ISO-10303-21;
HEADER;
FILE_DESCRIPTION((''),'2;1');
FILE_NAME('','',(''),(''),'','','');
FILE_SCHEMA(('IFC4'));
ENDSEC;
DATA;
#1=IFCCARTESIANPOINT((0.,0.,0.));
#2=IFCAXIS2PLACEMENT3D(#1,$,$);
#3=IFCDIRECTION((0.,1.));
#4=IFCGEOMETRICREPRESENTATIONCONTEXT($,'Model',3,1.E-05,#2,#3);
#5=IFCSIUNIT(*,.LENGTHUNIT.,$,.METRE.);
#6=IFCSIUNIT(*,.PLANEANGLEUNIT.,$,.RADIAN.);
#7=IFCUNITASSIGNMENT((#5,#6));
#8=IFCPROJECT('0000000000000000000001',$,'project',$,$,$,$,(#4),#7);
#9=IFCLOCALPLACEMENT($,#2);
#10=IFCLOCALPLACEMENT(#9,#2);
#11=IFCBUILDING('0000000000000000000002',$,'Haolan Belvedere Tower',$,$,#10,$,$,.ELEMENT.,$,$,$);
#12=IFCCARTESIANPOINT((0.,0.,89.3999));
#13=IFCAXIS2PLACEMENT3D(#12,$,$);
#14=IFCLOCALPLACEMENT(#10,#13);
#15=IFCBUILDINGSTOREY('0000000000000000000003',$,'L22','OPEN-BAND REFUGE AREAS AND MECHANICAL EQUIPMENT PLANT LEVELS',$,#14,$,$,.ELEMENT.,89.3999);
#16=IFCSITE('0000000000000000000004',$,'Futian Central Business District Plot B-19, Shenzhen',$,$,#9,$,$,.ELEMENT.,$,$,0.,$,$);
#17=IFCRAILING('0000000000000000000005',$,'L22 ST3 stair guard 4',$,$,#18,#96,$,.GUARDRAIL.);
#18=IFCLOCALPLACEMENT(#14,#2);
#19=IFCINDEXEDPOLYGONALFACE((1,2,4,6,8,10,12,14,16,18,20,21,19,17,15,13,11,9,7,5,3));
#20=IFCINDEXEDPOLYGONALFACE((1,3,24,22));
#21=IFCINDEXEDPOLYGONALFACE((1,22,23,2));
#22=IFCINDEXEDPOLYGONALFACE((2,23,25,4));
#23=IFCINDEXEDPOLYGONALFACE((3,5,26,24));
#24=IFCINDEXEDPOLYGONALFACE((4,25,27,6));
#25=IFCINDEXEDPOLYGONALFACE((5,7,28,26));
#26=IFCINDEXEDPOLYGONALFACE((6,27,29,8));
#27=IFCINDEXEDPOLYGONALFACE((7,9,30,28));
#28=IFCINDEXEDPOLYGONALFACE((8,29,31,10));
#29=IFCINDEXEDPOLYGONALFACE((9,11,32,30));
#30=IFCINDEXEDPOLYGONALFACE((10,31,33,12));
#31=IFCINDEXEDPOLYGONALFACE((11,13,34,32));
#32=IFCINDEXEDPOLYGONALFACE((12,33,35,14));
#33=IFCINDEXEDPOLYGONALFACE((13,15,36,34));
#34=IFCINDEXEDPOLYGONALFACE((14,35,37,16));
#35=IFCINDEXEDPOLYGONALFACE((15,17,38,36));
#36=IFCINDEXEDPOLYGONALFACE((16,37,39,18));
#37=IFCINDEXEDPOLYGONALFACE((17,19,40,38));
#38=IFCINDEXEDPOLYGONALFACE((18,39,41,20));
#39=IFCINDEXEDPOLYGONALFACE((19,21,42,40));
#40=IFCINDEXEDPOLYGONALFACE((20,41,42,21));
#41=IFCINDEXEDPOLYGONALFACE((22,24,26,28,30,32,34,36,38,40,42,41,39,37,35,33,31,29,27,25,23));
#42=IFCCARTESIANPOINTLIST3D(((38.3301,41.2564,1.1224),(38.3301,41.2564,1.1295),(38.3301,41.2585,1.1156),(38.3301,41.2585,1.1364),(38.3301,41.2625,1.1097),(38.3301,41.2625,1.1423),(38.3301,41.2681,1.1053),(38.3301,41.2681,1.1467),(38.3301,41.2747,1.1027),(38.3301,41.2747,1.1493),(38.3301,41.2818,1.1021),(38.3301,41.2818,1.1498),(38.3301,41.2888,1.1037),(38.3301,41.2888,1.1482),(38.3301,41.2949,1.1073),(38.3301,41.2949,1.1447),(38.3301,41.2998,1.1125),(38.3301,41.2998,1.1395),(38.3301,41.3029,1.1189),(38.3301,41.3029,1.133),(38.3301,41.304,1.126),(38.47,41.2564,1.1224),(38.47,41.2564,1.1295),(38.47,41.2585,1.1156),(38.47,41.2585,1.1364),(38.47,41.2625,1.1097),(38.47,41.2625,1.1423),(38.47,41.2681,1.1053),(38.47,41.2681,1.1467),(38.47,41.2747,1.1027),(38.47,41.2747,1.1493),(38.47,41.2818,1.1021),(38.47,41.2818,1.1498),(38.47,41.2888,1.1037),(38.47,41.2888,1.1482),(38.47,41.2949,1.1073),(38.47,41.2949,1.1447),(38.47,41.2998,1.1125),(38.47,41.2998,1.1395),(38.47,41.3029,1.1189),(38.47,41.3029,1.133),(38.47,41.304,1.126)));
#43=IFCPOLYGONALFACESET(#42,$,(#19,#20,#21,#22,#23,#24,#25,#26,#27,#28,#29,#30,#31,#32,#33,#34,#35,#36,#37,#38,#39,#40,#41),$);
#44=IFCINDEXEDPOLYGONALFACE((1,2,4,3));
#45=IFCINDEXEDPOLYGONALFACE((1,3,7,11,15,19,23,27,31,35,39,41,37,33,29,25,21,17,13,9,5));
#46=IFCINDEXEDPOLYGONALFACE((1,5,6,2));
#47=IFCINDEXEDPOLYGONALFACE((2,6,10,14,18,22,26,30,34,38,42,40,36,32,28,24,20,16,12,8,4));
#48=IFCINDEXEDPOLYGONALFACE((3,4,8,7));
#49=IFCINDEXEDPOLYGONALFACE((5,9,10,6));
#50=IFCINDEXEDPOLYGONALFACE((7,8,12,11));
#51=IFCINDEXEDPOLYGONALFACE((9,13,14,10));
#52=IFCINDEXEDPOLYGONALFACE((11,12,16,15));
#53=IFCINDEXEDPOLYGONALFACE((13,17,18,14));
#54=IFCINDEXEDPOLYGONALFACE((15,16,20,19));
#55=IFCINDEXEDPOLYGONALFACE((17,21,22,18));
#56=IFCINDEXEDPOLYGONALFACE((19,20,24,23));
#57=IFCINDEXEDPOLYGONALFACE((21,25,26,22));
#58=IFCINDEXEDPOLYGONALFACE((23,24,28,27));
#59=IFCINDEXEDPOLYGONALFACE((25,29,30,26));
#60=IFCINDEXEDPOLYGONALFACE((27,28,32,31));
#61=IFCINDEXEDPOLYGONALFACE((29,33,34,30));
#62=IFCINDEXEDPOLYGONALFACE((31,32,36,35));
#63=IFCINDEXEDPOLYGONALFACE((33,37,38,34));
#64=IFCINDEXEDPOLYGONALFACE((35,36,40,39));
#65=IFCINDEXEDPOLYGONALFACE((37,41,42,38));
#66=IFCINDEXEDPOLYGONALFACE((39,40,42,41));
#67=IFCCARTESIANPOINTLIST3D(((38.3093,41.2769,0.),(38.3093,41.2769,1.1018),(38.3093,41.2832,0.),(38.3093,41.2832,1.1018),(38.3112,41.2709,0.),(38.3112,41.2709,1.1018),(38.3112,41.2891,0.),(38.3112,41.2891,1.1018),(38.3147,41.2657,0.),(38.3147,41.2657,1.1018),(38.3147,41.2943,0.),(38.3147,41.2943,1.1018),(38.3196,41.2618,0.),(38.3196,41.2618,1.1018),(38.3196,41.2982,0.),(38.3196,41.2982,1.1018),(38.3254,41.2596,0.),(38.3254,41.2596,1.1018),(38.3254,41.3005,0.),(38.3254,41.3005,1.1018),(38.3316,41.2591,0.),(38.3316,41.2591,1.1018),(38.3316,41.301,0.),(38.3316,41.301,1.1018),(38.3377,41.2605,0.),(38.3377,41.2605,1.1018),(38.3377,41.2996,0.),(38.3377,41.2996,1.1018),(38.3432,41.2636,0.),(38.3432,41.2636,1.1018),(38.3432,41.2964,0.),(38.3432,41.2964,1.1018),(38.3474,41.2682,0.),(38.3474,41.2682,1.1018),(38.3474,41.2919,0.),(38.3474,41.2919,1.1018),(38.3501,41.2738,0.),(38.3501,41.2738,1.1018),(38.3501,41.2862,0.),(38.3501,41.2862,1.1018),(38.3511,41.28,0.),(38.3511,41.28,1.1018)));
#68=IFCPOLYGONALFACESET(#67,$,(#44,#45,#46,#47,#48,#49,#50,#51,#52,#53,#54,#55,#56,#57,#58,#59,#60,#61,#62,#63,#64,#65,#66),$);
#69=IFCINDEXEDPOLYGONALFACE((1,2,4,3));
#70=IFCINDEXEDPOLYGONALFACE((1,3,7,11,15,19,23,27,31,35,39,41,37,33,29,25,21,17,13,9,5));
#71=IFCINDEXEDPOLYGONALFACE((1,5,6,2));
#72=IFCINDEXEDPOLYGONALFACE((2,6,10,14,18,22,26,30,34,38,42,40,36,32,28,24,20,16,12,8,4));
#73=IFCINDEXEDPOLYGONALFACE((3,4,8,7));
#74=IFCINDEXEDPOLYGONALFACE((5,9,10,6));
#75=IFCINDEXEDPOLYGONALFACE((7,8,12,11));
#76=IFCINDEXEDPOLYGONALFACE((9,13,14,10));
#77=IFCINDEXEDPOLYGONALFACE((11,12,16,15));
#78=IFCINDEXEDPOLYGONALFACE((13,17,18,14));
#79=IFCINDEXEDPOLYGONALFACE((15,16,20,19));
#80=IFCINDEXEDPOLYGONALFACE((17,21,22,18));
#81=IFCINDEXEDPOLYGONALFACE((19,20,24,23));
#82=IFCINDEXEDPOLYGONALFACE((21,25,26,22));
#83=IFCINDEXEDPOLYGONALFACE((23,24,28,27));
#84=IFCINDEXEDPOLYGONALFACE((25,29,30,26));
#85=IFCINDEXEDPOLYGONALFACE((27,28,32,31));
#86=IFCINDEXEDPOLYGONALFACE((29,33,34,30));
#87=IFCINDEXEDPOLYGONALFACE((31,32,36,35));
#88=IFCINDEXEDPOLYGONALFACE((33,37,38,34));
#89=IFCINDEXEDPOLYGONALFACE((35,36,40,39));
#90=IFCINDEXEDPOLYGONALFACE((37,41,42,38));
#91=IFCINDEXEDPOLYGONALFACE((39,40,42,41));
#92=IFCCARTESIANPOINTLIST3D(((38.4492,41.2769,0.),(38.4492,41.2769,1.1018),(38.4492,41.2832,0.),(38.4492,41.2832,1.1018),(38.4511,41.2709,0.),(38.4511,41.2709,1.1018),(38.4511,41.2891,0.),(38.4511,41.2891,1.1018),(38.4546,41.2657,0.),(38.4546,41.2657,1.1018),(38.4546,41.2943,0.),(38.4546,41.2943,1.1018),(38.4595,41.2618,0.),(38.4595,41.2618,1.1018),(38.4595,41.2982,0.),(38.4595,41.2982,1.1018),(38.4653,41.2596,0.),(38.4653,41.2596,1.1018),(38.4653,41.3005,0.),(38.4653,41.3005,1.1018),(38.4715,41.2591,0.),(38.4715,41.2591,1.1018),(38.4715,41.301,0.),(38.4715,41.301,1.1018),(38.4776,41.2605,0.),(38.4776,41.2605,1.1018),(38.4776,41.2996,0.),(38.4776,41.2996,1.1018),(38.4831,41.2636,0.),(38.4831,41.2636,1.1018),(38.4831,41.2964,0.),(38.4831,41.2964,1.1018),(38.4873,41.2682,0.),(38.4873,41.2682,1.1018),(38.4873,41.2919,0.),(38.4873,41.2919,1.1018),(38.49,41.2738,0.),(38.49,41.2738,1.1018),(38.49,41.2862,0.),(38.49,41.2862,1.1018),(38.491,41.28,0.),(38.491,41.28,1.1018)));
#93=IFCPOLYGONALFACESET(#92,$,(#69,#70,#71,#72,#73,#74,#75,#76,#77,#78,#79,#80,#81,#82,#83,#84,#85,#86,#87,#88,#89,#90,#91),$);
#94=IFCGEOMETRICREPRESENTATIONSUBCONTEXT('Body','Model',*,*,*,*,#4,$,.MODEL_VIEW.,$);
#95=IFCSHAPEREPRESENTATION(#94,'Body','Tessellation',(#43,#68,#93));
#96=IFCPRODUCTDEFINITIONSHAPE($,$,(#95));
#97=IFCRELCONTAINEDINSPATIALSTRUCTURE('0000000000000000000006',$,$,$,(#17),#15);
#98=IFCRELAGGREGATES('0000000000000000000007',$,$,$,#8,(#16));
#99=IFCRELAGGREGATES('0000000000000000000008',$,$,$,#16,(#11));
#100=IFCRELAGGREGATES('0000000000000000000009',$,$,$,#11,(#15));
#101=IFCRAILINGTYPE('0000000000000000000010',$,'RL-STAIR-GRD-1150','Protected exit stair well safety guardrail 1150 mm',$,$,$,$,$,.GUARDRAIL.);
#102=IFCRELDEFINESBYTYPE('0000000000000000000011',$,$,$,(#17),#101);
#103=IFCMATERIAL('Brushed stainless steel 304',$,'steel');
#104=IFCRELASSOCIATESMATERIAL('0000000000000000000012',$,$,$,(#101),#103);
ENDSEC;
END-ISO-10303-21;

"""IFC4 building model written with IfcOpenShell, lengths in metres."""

from ifc_helpers import new_model, si_unit, direction, frame, origin, origin_2d, place, context, subcontext, project, spatial, circle, extrude, material, type_object, element, save


model = new_model("IFC4")

# Units and contexts
model_context = context("Model", 3, precision=1e-05, world=origin(), true_north=direction((0.0, 1.0)))
body_context = subcontext(model_context, "Body", "Model", "MODEL_VIEW")
ifc_project = project(units=[si_unit("LENGTHUNIT", "METRE"), si_unit("PLANEANGLEUNIT", "RADIAN")], contexts=[model_context])

# Site, building, storey
site_placement = place(None, origin())
site = spatial("IfcSite", under=ifc_project, at=site_placement, Name="Futian Central Business District Plot B-19, Shenzhen", CompositionType="ELEMENT", RefElevation=0.0)
building_placement = place(site_placement, origin())
building = spatial("IfcBuilding", under=site, at=building_placement, Name="Haolan Belvedere Tower", CompositionType="ELEMENT")
storey_placement = place(building_placement, frame((0.0, 0.0, 89.3999)))
storey = spatial("IfcBuildingStorey", under=building, at=storey_placement, Name="L22", Description="OPEN-BAND REFUGE AREAS AND MECHANICAL EQUIPMENT PLANT LEVELS", CompositionType="ELEMENT", Elevation=89.3999)

# Railing
ifc_material_1 = material(Name="Brushed stainless steel 304", Category="steel")
railing_type_1 = type_object("IfcRailingType", Name="RL-STAIR-GRD-1150", Description="Protected exit stair well safety guardrail 1150 mm", PredefinedType="GUARDRAIL", material=ifc_material_1)
railing_1_placement = place(storey_placement, frame((38.3301, 41.28, 0.0)))
element("IfcRailing", 1, at=railing_1_placement, inside=storey, type_object=railing_type_1, Name="L22 ST3 stair guard 4", PredefinedType="GUARDRAIL", context=body_context, shape_type="SweptSolid", body=[
    extrude(circle(Radius=0.0239, at=origin_2d()), frame((0.0, 0.0, 1.126), z_axis=(1.0, 0.0, 0.0), x_axis=(0.0, 1.0, 0.0)), (0.0, 0.0, 1.0), 0.1399),
    extrude(circle(Radius=0.021, at=origin_2d()), origin(), (0.0, 0.0, 1.0), 1.1018),
    extrude(circle(Radius=0.021, at=origin_2d()), frame((0.1399, 0.0, 0.0)), (0.0, 0.0, 1.0), 1.1018),
])

save(model, "model.ifc")
